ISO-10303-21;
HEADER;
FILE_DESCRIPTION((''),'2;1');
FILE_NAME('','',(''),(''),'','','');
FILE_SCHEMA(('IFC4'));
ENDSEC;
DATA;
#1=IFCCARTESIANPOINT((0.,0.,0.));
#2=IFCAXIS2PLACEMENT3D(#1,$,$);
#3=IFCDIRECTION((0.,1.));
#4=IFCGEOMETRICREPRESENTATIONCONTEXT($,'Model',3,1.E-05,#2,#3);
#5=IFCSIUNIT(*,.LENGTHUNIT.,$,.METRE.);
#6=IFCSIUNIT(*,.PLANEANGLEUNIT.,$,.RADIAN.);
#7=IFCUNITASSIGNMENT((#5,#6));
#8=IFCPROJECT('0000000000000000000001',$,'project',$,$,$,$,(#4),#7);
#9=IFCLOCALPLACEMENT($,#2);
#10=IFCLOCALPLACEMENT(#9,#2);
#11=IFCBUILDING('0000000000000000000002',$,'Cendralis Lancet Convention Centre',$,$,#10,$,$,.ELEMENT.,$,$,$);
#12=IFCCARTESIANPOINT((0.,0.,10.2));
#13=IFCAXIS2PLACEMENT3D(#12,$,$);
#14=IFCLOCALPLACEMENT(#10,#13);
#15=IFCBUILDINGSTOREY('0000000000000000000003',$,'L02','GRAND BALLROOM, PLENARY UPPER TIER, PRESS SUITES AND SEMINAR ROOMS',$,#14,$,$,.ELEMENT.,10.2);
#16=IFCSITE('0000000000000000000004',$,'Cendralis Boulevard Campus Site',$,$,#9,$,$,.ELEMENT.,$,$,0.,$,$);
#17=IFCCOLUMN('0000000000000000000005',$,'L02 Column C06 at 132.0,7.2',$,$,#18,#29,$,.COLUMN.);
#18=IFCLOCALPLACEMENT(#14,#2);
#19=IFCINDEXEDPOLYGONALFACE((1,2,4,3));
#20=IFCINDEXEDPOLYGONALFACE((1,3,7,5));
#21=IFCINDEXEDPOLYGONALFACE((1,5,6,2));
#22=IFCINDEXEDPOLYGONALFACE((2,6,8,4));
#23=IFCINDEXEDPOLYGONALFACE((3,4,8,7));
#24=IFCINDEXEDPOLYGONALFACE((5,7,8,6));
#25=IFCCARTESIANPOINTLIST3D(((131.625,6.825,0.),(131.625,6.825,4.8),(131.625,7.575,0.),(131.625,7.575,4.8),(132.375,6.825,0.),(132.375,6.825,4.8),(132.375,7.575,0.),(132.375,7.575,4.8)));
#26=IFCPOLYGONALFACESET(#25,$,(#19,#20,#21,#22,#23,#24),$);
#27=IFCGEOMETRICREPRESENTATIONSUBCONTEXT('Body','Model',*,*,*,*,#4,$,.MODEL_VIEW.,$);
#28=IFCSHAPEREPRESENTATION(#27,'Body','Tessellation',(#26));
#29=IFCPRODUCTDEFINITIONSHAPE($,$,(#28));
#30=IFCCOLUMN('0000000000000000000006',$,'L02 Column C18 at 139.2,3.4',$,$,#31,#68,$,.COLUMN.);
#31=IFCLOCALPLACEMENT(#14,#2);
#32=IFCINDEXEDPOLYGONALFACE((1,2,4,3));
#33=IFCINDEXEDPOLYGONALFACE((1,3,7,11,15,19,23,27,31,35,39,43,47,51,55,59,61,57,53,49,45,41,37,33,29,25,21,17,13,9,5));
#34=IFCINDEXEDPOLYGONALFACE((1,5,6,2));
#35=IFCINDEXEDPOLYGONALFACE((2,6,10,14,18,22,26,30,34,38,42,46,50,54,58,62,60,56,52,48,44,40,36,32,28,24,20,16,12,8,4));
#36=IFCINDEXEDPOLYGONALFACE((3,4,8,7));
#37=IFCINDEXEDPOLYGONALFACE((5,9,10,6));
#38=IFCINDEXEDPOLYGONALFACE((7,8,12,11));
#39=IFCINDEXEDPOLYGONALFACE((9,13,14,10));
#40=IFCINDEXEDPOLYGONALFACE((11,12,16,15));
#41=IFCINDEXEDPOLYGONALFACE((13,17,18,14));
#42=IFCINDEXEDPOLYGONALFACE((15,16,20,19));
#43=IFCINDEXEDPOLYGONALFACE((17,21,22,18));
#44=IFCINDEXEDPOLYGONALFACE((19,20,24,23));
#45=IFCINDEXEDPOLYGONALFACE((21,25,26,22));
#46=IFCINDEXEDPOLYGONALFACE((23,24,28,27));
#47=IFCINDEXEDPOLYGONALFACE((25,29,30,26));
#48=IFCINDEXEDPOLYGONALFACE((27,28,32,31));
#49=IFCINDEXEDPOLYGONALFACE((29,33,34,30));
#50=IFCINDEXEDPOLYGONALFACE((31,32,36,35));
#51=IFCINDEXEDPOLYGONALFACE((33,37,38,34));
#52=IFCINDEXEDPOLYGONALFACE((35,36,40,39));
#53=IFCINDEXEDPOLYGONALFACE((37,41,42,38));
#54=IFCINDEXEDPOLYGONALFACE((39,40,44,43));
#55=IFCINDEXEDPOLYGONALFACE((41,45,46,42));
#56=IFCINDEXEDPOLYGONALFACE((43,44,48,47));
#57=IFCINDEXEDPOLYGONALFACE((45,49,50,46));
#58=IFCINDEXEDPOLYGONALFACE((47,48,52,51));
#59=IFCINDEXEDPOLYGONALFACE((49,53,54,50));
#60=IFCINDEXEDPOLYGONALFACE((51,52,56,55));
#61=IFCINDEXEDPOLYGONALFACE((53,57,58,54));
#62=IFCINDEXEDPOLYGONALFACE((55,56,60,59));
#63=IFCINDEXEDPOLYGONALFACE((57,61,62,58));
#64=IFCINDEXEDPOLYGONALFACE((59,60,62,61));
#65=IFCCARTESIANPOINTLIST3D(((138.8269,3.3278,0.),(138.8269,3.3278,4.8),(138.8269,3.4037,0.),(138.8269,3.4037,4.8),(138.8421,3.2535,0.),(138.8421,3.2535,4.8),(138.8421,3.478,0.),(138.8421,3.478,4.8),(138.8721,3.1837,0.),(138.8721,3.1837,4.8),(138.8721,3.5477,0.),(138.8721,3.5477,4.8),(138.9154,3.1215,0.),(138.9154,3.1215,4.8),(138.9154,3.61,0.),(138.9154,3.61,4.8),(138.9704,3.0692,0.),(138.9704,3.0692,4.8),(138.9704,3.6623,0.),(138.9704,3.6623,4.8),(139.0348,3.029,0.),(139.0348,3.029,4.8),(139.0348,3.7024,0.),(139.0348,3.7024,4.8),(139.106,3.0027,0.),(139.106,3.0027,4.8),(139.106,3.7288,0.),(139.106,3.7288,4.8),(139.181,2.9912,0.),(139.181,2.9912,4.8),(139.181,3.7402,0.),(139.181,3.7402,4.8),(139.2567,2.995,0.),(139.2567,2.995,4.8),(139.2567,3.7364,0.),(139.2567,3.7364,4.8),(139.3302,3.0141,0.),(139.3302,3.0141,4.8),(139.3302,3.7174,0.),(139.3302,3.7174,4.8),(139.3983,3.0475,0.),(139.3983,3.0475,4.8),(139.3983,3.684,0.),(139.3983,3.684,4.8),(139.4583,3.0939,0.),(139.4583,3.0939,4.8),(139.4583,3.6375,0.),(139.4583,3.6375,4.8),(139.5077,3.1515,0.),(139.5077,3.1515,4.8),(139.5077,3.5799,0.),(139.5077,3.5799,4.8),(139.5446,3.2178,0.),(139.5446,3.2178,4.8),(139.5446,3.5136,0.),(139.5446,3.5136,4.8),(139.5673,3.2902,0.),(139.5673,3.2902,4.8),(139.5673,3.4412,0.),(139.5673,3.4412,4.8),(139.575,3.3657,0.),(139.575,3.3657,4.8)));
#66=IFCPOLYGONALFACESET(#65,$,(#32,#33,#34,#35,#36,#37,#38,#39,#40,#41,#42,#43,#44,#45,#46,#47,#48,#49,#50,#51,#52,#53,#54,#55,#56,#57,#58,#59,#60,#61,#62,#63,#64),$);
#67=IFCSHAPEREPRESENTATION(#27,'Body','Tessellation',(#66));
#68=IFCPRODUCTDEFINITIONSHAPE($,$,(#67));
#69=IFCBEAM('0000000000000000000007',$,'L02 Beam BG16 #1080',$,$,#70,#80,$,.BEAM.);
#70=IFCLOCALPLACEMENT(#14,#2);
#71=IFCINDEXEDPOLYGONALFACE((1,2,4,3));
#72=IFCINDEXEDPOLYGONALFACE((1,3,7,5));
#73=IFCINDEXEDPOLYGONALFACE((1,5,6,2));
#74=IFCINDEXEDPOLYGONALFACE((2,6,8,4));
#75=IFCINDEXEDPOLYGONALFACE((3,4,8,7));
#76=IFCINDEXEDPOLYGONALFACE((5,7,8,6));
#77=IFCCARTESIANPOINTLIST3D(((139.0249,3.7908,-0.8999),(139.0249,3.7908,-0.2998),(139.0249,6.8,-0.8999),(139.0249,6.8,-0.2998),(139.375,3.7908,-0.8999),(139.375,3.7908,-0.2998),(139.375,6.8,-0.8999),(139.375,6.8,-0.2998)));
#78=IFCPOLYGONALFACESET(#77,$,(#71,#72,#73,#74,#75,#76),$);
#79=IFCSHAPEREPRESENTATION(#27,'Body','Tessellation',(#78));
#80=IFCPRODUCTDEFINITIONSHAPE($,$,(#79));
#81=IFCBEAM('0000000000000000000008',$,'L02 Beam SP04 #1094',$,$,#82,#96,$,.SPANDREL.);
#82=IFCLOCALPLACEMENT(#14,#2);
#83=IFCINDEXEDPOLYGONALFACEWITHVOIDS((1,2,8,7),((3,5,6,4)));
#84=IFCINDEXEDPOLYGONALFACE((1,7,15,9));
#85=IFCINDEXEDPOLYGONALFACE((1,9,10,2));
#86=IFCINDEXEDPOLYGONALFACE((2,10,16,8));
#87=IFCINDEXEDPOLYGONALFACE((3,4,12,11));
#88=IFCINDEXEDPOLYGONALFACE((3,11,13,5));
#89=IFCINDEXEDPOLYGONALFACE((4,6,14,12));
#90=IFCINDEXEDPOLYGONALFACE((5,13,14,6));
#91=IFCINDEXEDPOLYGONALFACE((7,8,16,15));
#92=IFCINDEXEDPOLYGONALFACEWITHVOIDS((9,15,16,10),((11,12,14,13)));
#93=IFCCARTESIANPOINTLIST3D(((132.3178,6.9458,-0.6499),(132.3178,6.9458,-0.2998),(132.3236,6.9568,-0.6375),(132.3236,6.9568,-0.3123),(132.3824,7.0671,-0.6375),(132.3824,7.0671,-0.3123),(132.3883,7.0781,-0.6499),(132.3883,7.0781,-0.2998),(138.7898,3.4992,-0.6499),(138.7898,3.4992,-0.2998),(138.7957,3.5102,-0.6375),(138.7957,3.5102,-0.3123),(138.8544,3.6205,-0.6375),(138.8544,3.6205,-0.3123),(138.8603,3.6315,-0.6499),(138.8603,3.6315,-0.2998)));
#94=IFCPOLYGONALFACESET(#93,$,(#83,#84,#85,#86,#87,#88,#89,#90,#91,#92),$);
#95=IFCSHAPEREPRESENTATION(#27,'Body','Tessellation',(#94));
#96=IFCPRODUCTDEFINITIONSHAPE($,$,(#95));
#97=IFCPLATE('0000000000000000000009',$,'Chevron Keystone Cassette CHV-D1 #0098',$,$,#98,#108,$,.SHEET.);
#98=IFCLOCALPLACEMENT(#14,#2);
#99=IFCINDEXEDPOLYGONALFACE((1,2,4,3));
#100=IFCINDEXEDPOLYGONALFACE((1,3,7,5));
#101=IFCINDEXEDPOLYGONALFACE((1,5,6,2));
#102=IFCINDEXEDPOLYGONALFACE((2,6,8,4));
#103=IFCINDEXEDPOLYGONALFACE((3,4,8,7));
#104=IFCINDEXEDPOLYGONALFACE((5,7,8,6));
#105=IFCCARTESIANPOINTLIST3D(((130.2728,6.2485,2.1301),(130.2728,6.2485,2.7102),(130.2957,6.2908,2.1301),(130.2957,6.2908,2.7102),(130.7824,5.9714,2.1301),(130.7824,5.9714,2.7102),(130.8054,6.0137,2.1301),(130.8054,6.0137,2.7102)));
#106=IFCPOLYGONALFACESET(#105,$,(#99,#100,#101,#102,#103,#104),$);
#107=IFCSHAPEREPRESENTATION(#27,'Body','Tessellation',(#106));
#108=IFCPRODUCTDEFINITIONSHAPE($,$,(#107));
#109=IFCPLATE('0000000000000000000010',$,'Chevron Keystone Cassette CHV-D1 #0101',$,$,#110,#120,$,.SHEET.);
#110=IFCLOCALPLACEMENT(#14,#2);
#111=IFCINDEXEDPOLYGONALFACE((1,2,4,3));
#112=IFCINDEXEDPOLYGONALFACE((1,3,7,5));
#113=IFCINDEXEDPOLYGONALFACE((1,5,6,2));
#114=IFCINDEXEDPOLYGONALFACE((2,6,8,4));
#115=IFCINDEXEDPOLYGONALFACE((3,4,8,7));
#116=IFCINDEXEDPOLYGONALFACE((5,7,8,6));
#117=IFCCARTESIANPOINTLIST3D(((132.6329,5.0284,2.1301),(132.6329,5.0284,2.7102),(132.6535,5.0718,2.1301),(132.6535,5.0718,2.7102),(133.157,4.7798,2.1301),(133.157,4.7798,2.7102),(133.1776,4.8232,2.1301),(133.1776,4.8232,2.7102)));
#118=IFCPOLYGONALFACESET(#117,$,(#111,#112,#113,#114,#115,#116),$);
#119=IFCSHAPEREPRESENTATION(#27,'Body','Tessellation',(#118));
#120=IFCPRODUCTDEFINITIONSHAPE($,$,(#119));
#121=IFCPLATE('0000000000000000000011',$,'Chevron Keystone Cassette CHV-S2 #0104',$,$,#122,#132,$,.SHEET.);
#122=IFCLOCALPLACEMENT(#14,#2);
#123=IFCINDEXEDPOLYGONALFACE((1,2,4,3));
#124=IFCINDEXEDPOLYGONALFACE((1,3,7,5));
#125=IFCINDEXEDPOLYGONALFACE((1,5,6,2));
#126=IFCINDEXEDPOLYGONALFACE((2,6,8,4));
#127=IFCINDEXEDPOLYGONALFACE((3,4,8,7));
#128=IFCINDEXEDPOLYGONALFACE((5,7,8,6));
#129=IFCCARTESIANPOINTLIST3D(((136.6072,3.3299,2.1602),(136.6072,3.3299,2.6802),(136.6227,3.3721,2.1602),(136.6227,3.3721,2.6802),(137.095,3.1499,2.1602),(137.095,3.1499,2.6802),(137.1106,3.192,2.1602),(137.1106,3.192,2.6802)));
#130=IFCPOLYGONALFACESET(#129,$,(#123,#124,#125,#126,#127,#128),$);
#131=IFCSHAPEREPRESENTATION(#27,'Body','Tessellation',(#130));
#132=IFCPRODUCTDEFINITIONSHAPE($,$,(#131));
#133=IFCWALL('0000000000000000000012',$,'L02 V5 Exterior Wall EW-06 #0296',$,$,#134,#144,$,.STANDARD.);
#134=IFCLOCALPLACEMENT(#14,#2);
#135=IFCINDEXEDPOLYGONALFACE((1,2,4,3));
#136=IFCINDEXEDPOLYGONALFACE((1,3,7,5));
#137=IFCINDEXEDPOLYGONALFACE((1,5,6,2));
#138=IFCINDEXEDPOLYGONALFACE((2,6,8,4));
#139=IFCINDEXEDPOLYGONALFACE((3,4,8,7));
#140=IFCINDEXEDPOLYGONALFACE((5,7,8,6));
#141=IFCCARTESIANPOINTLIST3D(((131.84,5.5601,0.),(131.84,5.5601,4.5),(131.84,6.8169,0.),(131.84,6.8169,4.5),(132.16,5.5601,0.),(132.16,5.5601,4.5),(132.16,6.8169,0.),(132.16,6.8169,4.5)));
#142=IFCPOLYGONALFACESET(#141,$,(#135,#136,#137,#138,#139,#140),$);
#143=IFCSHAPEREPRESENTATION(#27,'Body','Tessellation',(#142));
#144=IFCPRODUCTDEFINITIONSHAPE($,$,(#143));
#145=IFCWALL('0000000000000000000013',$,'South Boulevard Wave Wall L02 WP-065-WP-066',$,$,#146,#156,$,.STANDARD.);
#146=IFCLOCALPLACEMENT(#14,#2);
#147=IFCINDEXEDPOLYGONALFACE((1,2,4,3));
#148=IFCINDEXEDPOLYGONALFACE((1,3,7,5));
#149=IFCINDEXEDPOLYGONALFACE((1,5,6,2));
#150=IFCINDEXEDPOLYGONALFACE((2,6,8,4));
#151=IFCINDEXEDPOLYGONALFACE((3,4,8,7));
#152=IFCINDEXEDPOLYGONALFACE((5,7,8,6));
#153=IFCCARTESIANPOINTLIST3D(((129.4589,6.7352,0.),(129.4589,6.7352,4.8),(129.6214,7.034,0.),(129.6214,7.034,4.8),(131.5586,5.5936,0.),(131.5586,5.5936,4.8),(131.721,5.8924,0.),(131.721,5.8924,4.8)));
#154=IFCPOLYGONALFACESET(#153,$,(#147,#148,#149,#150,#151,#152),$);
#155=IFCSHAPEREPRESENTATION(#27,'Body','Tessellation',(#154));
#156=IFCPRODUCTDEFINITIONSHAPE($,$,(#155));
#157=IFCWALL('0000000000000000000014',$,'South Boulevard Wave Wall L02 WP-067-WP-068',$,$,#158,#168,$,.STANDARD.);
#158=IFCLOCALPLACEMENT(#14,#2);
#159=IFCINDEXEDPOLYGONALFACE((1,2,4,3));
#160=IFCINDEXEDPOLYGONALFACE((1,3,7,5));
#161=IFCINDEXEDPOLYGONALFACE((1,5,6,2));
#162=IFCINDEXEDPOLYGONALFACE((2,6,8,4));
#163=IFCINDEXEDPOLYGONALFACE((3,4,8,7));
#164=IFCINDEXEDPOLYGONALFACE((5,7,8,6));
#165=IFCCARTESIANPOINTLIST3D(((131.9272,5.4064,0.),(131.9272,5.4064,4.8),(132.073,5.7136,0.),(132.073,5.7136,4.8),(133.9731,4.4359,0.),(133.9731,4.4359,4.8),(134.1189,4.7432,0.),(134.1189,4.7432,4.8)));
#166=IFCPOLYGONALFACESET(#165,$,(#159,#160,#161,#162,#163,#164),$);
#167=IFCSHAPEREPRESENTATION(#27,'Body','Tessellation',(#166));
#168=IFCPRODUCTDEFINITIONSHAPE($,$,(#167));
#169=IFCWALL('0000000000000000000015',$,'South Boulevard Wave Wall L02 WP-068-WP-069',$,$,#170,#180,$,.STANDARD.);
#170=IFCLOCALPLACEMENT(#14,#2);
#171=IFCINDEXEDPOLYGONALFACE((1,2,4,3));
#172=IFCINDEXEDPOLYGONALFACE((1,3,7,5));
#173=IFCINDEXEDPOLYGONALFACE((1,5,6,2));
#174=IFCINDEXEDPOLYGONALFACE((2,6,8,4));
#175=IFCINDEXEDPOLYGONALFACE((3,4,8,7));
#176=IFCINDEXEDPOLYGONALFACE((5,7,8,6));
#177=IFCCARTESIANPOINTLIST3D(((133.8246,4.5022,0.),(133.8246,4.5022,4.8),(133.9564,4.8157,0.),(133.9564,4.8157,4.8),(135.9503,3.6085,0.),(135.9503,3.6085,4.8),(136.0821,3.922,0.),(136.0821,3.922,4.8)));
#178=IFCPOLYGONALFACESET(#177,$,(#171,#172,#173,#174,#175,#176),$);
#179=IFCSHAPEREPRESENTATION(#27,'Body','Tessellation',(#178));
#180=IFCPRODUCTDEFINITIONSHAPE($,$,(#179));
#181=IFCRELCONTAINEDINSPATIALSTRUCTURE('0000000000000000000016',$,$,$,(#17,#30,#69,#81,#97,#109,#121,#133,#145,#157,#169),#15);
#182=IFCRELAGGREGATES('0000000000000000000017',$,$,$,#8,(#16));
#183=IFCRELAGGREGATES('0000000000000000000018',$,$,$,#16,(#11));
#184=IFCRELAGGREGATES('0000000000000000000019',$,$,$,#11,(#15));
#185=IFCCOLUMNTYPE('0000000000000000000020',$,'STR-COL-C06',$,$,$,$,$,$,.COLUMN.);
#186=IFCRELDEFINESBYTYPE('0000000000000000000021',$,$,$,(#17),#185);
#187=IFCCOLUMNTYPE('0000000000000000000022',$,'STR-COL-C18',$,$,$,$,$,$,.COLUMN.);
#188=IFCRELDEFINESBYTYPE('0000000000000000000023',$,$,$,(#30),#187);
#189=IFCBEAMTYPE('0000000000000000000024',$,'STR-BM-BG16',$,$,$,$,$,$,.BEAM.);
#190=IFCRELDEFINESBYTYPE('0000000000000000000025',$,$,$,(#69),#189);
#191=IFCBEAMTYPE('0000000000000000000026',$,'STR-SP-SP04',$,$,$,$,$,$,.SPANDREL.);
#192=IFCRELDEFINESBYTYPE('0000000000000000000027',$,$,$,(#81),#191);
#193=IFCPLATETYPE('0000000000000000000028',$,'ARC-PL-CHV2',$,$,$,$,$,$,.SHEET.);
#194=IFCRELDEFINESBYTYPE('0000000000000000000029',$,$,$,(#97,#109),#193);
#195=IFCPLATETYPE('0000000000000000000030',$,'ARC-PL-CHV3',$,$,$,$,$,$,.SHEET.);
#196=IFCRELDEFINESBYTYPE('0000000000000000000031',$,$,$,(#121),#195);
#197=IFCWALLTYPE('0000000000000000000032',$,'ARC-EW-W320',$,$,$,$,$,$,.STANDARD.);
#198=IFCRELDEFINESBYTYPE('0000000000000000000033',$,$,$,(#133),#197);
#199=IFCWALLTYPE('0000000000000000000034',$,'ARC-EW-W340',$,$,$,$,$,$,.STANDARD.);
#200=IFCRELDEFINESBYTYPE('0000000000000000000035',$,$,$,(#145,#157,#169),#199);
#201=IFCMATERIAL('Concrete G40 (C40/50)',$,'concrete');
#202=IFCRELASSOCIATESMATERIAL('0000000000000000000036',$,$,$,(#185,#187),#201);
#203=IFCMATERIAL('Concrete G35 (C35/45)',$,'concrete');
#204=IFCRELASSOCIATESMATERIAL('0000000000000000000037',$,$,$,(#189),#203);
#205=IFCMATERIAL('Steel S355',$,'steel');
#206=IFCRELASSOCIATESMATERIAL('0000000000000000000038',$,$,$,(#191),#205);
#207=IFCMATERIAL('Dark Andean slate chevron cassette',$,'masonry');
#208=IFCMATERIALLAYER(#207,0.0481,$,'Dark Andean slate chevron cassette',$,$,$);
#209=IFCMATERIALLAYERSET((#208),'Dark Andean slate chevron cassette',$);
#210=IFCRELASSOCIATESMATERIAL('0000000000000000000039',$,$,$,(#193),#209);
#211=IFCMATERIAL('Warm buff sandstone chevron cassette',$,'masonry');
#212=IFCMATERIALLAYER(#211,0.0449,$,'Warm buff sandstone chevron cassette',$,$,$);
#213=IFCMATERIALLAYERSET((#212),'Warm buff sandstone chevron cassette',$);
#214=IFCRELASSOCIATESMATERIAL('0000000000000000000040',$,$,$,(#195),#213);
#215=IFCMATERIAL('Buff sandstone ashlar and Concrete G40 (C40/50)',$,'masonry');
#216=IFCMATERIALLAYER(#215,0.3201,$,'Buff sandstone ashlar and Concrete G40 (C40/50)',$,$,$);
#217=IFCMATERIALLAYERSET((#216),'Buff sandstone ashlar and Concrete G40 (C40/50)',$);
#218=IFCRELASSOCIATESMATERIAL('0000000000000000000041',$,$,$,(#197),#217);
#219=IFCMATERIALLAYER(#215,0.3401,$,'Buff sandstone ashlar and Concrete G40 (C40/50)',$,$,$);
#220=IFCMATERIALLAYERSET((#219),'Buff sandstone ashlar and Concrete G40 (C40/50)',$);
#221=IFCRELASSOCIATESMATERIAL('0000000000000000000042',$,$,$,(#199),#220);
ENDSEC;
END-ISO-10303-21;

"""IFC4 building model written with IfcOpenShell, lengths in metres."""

from ifc_helpers import new_model, si_unit, direction, frame, frame_2d, origin, origin_2d, place, context, subcontext, project, spatial, rectangle, hollow_rectangle, circle, extrude, material, layer, layer_set, material_profile, profile_set, type_object, element, save


model = new_model("IFC4")

# Units and contexts
model_context = context("Model", 3, precision=1e-05, world=origin(), true_north=direction((0.0, 1.0)))
body_context = subcontext(model_context, "Body", "Model", "MODEL_VIEW")
ifc_project = project(units=[si_unit("LENGTHUNIT", "METRE"), si_unit("PLANEANGLEUNIT", "RADIAN")], contexts=[model_context])

# Site, building, storey
site_placement = place(None, origin())
site = spatial("IfcSite", under=ifc_project, at=site_placement, Name="Cendralis Boulevard Campus Site", CompositionType="ELEMENT", RefElevation=0.0)
building_placement = place(site_placement, origin())
building = spatial("IfcBuilding", under=site, at=building_placement, Name="Cendralis Lancet Convention Centre", CompositionType="ELEMENT")
storey_placement = place(building_placement, frame((0.0, 0.0, 10.2)))
storey = spatial("IfcBuildingStorey", under=building, at=storey_placement, Name="L02", Description="GRAND BALLROOM, PLENARY UPPER TIER, PRESS SUITES AND SEMINAR ROOMS", CompositionType="ELEMENT", Elevation=10.2)

# Columns
ifc_material_1 = material(Name="Concrete G40 (C40/50)", Category="concrete")
ifc_material_profile_1 = material_profile(ifc_material_1, rectangle(XDim=0.75, YDim=0.75, at=origin_2d()), Name="RC 750x750")
ifc_profile_set_1 = profile_set([ifc_material_profile_1], Name="Concrete G40 (C40/50)")
column_type_1 = type_object("IfcColumnType", Name="STR-COL-C06", PredefinedType="COLUMN", material=ifc_profile_set_1)
column_1_placement = place(storey_placement, frame((132.0, 7.2, 0.0), z_axis=(0.0, 0.0, 1.0), x_axis=(1.0, 0.0, 0.0)))
element("IfcColumn", 1, at=column_1_placement, inside=storey, type_object=column_type_1, Name="L02 Column C06 at 132.0,7.2", PredefinedType="COLUMN", context=body_context, shape_type="SweptSolid", body=[
    extrude(rectangle(XDim=0.75, YDim=0.75, at=origin_2d()), origin(), (0.0, 0.0, 1.0), 4.8),
])
ifc_material_profile_2 = material_profile(ifc_material_1, circle(Radius=0.375, at=origin_2d()), Name="RC D750")
ifc_profile_set_2 = profile_set([ifc_material_profile_2], Name="Concrete G40 (C40/50)")
column_type_2 = type_object("IfcColumnType", Name="STR-COL-C18", PredefinedType="COLUMN", material=ifc_profile_set_2)
column_2_placement = place(storey_placement, frame((139.2, 3.3657, 0.0), z_axis=(0.0, 0.0, 1.0), x_axis=(1.0, 0.0, 0.0)))
element("IfcColumn", 2, at=column_2_placement, inside=storey, type_object=column_type_2, Name="L02 Column C18 at 139.2,3.4", PredefinedType="COLUMN", context=body_context, shape_type="SweptSolid", body=[
    extrude(circle(Radius=0.375, at=origin_2d()), origin(), (0.0, 0.0, 1.0), 4.8),
])

# Beams
ifc_material_2 = material(Name="Concrete G35 (C35/45)", Category="concrete")
ifc_material_profile_3 = material_profile(ifc_material_2, rectangle(XDim=0.3501, YDim=0.6001, at=origin_2d()), Name="RCB 350x600")
ifc_profile_set_3 = profile_set([ifc_material_profile_3], Name="Concrete G35 (C35/45)")
beam_type_1 = type_object("IfcBeamType", Name="STR-BM-BG16", PredefinedType="BEAM", material=ifc_profile_set_3)
beam_1_placement = place(storey_placement, frame((139.2, 3.7908, -0.5999), z_axis=(0.0, 1.0, 0.0), x_axis=(-1.0, 0.0, 0.0)))
element("IfcBeam", 3, at=beam_1_placement, inside=storey, type_object=beam_type_1, Name="L02 Beam BG16 #1080", PredefinedType="BEAM", context=body_context, shape_type="SweptSolid", body=[
    extrude(rectangle(XDim=0.3501, YDim=0.6001, at=origin_2d()), origin(), (0.0, 0.0, 1.0), 3.0093),
])
ifc_material_3 = material(Name="Steel S355", Category="steel")
ifc_material_profile_4 = material_profile(ifc_material_3, hollow_rectangle(XDim=0.1499, YDim=0.3501, WallThickness=0.0125, at=origin_2d()), Name="RHS 350x150x12.5")
ifc_profile_set_4 = profile_set([ifc_material_profile_4], Name="Steel S355")
beam_type_2 = type_object("IfcBeamType", Name="STR-SP-SP04", PredefinedType="SPANDREL", material=ifc_profile_set_4)
beam_2_placement = place(storey_placement, frame((132.353, 7.012, -0.4749), z_axis=(0.882645, -0.47004, 0.0), x_axis=(0.47004, 0.882645, 0.0)))
element("IfcBeam", 4, at=beam_2_placement, inside=storey, type_object=beam_type_2, Name="L02 Beam SP04 #1094", PredefinedType="SPANDREL", context=body_context, shape_type="SweptSolid", body=[
    extrude(hollow_rectangle(XDim=0.1499, YDim=0.3501, WallThickness=0.0125, at=origin_2d()), origin(), (0.0, 0.0, 1.0), 7.3325),
])

# Plates
ifc_material_4 = material(Name="Dark Andean slate chevron cassette", Category="masonry")
ifc_layer_1 = layer(ifc_material_4, 0.0481, Name="Dark Andean slate chevron cassette")
ifc_layer_set_1 = layer_set([ifc_layer_1], Name="Dark Andean slate chevron cassette")
plate_type_1 = type_object("IfcPlateType", Name="ARC-PL-CHV2", PredefinedType="SHEET", material=ifc_layer_set_1)
for number, where, z_axis, x_axis, name in (
    (5, (130.5391, 6.1311, 2.1301), (0.0, 0.0, 1.0), (0.878542, -0.477665, 0.0), "Chevron Keystone Cassette CHV-D1 #0098"),
    (6, (132.9053, 4.9258, 2.1301), (0.0, 0.0, 1.0), (0.903507, -0.428572, 0.0), "Chevron Keystone Cassette CHV-D1 #0101"),
):
    element("IfcPlate", number, at=place(storey_placement, frame(where, z_axis=z_axis, x_axis=x_axis)), inside=storey, type_object=plate_type_1, Name=name, PredefinedType="SHEET", context=body_context, shape_type="SweptSolid", body=[
        extrude(rectangle(XDim=0.5801, YDim=0.0481, at=origin_2d()), origin(), (0.0, 0.0, 1.0), 0.5801),
    ])
ifc_material_5 = material(Name="Warm buff sandstone chevron cassette", Category="masonry")
ifc_layer_2 = layer(ifc_material_5, 0.0449, Name="Warm buff sandstone chevron cassette")
ifc_layer_set_2 = layer_set([ifc_layer_2], Name="Warm buff sandstone chevron cassette")
plate_type_2 = type_object("IfcPlateType", Name="ARC-PL-CHV3", PredefinedType="SHEET", material=ifc_layer_set_2)
plate_placement = place(storey_placement, frame((136.8589, 3.261, 2.1602), z_axis=(0.0, 0.0, 1.0), x_axis=(0.938155, -0.346215, 0.0)))
element("IfcPlate", 7, at=plate_placement, inside=storey, type_object=plate_type_2, Name="Chevron Keystone Cassette CHV-S2 #0104", PredefinedType="SHEET", context=body_context, shape_type="SweptSolid", body=[
    extrude(rectangle(XDim=0.52, YDim=0.0449, at=origin_2d()), origin(), (0.0, 0.0, 1.0), 0.52),
])

# Walls
ifc_material_6 = material(Name="Buff sandstone ashlar and Concrete G40 (C40/50)", Category="masonry")
ifc_layer_3 = layer(ifc_material_6, 0.3201, Name="Buff sandstone ashlar and Concrete G40 (C40/50)")
ifc_layer_set_3 = layer_set([ifc_layer_3], Name="Buff sandstone ashlar and Concrete G40 (C40/50)")
wall_type_1 = type_object("IfcWallType", Name="ARC-EW-W320", PredefinedType="STANDARD", material=ifc_layer_set_3)
wall_1_placement = place(storey_placement, frame((132.0, 5.5601, 0.0), z_axis=(0.0, 0.0, 1.0), x_axis=(0.0, 1.0, 0.0)))
element("IfcWall", 8, at=wall_1_placement, inside=storey, type_object=wall_type_1, Name="L02 V5 Exterior Wall EW-06 #0296", PredefinedType="STANDARD", context=body_context, shape_type="SweptSolid", body=[
    extrude(rectangle(XDim=1.2568, YDim=0.3201, at=frame_2d((0.6284, 0.0))), origin(), (0.0, 0.0, 1.0), 4.5),
])
ifc_layer_4 = layer(ifc_material_6, 0.3401, Name="Buff sandstone ashlar and Concrete G40 (C40/50)")
ifc_layer_set_4 = layer_set([ifc_layer_4], Name="Buff sandstone ashlar and Concrete G40 (C40/50)")
wall_type_2 = type_object("IfcWallType", Name="ARC-EW-W340", PredefinedType="STANDARD", material=ifc_layer_set_4)
wall_2_placement = place(storey_placement, frame((129.5403, 6.8845, 0.0), z_axis=(0.0, 0.0, 1.0), x_axis=(0.878535, -0.477678, 0.0)))
element("IfcWall", 9, at=wall_2_placement, inside=storey, type_object=wall_type_2, Name="South Boulevard Wave Wall L02 WP-065-WP-066", PredefinedType="STANDARD", context=body_context, shape_type="SweptSolid", body=[
    extrude(rectangle(XDim=2.3899, YDim=0.3401, at=frame_2d((1.1948, 0.0))), origin(), (0.0, 0.0, 1.0), 4.8),
])
wall_3_placement = place(storey_placement, frame((132.0, 5.5601, 0.0), z_axis=(0.0, 0.0, 1.0), x_axis=(0.903507, -0.428573, 0.0)))
element("IfcWall", 10, at=wall_3_placement, inside=storey, type_object=wall_type_2, Name="South Boulevard Wave Wall L02 WP-067-WP-068", PredefinedType="STANDARD", context=body_context, shape_type="SweptSolid", body=[
    extrude(rectangle(XDim=2.2644, YDim=0.3401, at=frame_2d((1.1323, 0.0))), origin(), (0.0, 0.0, 1.0), 4.8),
])
wall_4_placement = place(storey_placement, frame((133.8906, 4.6589, 0.0), z_axis=(0.0, 0.0, 1.0), x_axis=(0.921829, -0.387598, 0.0)))
element("IfcWall", 11, at=wall_4_placement, inside=storey, type_object=wall_type_2, Name="South Boulevard Wave Wall L02 WP-068-WP-069", PredefinedType="STANDARD", context=body_context, shape_type="SweptSolid", body=[
    extrude(rectangle(XDim=2.3059, YDim=0.3401, at=frame_2d((1.1528, 0.0))), origin(), (0.0, 0.0, 1.0), 4.8),
])

save(model, "model.ifc")
